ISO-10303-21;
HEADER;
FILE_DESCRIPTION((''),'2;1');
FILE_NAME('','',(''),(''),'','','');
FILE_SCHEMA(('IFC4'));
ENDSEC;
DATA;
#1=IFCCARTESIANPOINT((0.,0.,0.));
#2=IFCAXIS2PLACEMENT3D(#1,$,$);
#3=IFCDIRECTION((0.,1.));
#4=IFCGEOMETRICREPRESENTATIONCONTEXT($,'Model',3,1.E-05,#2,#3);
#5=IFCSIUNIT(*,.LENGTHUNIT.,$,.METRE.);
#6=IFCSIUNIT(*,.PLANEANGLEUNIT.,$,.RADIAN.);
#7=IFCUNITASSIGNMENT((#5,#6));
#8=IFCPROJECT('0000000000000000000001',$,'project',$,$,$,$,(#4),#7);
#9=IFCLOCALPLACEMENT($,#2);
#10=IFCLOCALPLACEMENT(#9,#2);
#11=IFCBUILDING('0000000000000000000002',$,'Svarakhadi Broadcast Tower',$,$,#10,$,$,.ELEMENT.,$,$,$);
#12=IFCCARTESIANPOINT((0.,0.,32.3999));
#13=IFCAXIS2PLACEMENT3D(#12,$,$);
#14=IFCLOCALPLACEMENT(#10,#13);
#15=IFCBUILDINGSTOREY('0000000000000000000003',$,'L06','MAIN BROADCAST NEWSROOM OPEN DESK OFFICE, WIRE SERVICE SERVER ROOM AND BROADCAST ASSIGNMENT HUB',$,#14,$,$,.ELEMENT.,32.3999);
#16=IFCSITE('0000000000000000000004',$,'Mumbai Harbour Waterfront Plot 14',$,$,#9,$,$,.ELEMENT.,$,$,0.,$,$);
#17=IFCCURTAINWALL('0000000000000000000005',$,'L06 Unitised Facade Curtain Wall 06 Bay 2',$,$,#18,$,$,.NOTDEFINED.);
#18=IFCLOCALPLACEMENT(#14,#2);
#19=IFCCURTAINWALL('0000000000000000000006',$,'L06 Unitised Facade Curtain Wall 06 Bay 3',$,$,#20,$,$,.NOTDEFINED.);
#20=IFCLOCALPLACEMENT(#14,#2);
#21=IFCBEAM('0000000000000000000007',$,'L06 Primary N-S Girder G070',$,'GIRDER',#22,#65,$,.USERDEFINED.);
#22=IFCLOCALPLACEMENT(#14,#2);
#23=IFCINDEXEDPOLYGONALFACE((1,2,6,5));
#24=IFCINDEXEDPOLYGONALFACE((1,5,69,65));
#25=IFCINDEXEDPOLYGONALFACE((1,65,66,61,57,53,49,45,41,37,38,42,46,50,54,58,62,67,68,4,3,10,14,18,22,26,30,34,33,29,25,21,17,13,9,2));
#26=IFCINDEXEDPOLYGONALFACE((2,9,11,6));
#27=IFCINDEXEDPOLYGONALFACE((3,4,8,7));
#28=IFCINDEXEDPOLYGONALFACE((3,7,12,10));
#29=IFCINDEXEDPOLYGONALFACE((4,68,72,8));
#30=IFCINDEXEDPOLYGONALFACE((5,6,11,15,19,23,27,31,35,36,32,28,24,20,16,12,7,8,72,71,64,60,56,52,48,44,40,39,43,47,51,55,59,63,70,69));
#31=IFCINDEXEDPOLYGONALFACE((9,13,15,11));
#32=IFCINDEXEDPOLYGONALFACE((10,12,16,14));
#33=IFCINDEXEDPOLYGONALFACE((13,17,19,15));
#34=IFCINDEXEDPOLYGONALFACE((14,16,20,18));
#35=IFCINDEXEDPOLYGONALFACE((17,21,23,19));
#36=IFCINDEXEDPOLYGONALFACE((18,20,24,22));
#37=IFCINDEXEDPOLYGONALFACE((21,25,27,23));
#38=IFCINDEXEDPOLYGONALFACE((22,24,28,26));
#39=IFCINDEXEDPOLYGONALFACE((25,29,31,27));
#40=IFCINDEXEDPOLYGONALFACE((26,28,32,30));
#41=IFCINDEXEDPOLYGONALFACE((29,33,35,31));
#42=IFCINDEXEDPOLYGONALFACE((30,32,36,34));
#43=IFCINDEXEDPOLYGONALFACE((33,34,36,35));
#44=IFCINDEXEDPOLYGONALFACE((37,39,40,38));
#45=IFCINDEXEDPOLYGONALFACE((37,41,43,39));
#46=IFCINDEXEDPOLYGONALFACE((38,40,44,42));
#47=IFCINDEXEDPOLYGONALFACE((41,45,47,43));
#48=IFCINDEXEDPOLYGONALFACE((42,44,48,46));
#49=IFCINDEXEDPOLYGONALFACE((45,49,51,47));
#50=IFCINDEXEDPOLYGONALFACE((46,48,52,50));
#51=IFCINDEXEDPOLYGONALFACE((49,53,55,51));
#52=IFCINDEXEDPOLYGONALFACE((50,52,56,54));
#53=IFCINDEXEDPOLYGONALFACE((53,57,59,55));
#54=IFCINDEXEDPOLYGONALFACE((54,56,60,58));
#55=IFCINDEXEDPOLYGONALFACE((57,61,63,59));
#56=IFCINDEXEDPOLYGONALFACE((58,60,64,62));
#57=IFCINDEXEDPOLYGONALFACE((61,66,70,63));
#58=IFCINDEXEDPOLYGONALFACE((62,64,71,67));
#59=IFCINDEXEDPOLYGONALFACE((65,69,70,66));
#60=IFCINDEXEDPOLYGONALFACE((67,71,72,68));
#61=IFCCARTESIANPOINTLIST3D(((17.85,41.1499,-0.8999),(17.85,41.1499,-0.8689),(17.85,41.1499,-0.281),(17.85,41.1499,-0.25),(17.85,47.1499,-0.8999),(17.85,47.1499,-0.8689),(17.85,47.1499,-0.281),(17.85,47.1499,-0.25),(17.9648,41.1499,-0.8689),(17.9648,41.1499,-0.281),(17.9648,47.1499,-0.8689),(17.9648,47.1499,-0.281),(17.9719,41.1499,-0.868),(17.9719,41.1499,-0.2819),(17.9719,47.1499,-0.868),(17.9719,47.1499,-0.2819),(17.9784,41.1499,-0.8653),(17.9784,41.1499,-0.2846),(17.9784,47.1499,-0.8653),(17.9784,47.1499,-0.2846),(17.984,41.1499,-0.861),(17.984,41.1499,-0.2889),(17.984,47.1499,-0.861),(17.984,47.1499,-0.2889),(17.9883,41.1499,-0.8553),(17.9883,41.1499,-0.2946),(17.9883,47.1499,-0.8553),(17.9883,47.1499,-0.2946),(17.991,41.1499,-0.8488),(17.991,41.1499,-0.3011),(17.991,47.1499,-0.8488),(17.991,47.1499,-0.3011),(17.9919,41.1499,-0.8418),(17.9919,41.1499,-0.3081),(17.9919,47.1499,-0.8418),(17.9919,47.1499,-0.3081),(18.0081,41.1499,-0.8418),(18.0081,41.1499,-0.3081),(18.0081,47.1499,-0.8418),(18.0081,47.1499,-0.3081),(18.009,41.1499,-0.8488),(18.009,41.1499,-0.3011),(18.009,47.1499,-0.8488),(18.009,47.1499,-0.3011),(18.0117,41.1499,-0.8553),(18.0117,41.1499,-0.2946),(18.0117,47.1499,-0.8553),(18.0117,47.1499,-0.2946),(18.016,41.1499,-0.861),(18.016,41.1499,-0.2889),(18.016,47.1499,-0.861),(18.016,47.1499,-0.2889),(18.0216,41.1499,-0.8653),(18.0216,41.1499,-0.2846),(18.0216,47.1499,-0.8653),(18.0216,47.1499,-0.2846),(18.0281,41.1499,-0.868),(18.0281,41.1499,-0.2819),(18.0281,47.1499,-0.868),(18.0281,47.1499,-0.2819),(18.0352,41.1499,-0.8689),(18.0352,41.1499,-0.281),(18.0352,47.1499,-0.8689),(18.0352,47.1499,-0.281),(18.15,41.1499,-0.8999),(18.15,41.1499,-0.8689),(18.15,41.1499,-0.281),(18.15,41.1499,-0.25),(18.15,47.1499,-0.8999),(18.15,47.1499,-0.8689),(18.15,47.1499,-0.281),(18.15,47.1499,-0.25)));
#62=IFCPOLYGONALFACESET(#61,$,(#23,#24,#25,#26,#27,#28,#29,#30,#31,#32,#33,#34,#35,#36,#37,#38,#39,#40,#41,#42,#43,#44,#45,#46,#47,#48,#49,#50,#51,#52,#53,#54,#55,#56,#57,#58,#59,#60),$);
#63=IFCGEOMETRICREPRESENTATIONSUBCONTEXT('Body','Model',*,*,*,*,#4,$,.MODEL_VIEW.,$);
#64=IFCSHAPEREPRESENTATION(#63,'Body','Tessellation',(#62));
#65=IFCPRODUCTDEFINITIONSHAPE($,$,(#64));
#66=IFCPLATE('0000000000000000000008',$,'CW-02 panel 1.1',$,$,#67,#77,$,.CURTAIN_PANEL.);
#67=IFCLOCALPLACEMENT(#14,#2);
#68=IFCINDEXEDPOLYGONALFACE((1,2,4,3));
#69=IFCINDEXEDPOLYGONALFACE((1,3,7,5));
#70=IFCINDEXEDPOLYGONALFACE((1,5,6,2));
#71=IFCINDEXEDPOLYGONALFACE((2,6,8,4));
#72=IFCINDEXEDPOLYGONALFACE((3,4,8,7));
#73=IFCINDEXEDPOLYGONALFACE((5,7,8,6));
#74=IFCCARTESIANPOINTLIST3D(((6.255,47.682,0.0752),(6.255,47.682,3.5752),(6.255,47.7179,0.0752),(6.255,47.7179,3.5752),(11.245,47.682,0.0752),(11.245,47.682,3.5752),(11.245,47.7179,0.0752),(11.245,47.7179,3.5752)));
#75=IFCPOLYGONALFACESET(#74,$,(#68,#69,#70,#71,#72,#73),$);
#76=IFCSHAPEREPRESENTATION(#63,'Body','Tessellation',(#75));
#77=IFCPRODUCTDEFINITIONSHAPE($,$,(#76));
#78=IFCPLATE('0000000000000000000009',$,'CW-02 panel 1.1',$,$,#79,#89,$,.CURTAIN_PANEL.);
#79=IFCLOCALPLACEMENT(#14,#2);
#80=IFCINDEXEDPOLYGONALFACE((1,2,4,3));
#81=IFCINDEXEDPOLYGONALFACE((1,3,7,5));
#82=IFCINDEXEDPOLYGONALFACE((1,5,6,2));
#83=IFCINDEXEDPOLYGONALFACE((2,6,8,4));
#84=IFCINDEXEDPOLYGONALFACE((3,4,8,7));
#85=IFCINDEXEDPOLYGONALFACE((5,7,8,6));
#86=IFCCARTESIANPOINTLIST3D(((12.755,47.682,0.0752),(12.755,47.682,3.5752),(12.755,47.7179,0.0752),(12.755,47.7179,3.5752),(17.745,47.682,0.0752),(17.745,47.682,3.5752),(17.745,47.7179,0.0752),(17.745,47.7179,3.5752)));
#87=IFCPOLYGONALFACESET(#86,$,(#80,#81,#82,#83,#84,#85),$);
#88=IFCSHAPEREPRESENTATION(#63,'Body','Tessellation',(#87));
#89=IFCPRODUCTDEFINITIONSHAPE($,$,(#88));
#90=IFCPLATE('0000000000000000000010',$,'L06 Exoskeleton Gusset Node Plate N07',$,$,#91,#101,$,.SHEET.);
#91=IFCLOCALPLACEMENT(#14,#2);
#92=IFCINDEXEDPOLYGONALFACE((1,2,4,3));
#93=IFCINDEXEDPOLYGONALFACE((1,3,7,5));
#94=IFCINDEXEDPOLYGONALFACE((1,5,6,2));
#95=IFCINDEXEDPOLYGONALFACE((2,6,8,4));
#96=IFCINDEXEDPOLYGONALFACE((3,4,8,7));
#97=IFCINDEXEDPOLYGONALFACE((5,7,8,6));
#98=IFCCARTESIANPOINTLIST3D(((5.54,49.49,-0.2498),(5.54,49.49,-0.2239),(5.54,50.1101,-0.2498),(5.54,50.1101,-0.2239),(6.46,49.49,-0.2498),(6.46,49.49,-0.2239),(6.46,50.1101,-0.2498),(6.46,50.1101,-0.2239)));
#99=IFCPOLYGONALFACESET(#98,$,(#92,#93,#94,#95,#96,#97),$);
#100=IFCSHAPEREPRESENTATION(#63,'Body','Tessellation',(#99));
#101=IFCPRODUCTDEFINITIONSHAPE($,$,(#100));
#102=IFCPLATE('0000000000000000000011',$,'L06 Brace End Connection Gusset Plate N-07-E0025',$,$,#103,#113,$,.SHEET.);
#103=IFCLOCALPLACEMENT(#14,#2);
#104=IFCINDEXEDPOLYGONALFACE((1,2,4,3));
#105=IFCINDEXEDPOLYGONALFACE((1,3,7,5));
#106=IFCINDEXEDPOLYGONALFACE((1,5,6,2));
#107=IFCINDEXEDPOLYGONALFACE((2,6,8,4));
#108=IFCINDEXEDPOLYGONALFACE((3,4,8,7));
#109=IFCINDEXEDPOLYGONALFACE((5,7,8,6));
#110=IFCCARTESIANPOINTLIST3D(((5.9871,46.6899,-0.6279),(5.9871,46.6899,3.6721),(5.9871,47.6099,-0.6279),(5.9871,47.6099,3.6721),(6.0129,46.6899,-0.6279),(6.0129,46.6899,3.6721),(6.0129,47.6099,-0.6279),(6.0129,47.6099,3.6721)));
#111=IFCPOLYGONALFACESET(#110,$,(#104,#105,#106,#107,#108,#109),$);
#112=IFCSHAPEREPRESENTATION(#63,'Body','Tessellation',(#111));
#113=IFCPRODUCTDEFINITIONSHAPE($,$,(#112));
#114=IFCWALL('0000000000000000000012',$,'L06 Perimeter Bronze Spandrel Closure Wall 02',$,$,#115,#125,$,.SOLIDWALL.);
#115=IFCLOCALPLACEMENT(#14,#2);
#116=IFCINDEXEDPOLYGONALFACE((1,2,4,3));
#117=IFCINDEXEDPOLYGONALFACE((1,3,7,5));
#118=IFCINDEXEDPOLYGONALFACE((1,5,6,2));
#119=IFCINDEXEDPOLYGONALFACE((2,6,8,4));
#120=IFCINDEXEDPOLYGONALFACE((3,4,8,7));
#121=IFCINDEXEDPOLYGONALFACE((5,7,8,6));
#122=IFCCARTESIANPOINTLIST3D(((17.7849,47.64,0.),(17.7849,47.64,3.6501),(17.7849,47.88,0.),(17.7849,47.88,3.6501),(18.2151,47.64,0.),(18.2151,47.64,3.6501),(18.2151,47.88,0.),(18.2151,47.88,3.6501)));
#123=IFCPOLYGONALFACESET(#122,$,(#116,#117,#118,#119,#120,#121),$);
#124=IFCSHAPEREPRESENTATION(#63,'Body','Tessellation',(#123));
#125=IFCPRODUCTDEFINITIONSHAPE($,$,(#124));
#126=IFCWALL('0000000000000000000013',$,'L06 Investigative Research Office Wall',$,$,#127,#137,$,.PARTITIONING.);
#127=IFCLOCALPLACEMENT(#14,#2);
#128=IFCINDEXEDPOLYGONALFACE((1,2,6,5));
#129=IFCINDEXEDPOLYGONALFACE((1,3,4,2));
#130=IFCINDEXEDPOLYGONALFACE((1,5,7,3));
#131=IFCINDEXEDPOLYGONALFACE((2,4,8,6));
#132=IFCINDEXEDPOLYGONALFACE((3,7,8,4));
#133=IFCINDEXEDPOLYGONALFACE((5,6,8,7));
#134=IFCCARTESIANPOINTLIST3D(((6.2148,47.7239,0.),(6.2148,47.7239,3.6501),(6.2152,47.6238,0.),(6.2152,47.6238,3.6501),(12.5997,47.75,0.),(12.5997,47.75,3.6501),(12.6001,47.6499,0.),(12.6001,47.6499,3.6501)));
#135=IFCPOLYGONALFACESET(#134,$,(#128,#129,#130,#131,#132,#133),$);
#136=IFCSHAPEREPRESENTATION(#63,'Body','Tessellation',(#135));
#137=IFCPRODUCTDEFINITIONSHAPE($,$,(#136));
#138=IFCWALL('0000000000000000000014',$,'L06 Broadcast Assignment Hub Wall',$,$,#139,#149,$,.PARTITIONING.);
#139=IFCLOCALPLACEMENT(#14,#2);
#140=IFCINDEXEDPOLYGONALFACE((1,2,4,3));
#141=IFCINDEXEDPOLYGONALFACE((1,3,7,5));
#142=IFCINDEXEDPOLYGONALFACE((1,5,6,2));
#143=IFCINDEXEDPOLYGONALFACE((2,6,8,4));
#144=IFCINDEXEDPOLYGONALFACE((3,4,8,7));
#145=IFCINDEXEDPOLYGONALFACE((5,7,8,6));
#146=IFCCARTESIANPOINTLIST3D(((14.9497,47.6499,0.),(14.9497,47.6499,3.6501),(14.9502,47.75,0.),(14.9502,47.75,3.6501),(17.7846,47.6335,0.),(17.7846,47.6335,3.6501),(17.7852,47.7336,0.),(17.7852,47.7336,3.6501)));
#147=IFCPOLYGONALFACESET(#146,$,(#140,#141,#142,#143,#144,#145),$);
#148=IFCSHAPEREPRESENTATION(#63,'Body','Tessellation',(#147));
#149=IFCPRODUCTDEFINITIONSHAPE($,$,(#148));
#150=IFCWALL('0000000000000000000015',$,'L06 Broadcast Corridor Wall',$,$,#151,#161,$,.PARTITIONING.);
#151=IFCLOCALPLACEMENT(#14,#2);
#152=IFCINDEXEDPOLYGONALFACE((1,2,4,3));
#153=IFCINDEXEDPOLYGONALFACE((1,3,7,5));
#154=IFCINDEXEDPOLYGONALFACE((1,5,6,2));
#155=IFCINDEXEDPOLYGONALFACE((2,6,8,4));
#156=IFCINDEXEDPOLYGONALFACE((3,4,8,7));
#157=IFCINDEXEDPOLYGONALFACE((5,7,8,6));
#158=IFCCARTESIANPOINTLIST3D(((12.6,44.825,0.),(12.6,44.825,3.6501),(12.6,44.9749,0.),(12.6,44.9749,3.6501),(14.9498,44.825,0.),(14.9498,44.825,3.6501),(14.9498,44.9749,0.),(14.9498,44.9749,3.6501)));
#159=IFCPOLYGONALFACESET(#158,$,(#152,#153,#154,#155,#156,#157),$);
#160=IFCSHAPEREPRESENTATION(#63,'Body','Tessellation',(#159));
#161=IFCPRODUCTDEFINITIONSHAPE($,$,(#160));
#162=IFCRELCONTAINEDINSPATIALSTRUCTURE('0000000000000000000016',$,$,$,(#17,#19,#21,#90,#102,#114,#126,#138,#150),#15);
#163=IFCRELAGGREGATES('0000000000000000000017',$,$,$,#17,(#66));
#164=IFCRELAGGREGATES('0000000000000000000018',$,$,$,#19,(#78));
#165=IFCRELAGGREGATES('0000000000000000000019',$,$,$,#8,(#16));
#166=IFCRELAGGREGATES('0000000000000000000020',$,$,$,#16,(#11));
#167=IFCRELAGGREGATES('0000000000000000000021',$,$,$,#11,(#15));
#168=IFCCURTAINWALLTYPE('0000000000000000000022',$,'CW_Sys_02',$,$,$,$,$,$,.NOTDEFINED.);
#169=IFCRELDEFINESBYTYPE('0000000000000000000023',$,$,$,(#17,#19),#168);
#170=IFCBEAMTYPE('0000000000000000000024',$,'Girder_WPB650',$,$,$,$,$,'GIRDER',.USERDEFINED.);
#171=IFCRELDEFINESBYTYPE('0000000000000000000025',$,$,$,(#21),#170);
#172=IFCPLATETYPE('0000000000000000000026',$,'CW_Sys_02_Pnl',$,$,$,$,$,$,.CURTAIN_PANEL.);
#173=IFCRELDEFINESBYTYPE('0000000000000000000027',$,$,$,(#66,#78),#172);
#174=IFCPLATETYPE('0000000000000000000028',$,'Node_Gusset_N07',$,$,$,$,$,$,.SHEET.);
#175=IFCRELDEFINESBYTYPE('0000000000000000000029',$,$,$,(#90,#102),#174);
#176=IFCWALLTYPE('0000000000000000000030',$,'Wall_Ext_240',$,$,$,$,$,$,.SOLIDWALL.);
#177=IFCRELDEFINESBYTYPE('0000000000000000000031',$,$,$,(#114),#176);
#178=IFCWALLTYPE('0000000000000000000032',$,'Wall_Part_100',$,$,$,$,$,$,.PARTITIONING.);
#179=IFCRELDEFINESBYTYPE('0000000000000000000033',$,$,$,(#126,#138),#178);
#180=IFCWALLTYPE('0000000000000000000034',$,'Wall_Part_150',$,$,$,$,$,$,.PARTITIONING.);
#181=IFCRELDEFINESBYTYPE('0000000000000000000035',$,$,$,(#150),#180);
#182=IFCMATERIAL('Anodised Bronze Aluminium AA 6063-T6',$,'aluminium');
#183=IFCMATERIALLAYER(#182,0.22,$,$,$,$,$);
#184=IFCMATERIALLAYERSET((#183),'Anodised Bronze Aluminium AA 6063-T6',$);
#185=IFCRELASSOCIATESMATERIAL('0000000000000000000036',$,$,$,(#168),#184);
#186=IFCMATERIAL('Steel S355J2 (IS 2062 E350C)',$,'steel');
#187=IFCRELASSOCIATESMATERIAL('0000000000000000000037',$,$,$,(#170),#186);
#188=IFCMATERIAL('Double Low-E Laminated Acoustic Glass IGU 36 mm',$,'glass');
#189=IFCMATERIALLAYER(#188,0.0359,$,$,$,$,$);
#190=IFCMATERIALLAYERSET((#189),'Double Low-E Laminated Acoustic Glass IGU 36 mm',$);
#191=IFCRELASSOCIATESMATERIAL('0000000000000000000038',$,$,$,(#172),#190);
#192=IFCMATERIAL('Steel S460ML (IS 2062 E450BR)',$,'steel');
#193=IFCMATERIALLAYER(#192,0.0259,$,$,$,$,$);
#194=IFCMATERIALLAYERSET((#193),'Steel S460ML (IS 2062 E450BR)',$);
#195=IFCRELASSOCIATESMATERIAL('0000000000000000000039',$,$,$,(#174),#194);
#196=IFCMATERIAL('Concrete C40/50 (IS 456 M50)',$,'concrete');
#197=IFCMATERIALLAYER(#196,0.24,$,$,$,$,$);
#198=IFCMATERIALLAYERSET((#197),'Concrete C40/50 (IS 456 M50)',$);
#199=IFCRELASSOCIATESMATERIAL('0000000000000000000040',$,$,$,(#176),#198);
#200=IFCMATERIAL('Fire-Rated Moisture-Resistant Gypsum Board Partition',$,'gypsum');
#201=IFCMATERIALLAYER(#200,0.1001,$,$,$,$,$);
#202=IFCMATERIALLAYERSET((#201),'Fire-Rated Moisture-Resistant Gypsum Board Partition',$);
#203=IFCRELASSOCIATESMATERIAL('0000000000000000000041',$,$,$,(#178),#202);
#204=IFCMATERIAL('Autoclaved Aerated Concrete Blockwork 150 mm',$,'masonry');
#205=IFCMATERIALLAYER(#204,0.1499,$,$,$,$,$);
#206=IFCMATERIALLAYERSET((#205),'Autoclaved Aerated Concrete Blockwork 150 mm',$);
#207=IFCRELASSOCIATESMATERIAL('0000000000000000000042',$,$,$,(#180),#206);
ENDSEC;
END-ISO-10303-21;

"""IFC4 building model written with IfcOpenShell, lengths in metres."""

from ifc_helpers import new_model, si_unit, direction, frame, frame_2d, origin, origin_2d, place, context, subcontext, project, spatial, rectangle, i_section, extrude, material, layer, layer_set, material_profile, profile_set, type_object, element, aggregate, save


model = new_model("IFC4")

# Units and contexts
model_context = context("Model", 3, precision=1e-05, world=origin(), true_north=direction((0.0, 1.0)))
body_context = subcontext(model_context, "Body", "Model", "MODEL_VIEW")
ifc_project = project(units=[si_unit("LENGTHUNIT", "METRE"), si_unit("PLANEANGLEUNIT", "RADIAN")], contexts=[model_context])

# Site, building, storey
site_placement = place(None, origin())
site = spatial("IfcSite", under=ifc_project, at=site_placement, Name="Mumbai Harbour Waterfront Plot 14", CompositionType="ELEMENT", RefElevation=0.0)
building_placement = place(site_placement, origin())
building = spatial("IfcBuilding", under=site, at=building_placement, Name="Svarakhadi Broadcast Tower", CompositionType="ELEMENT")
storey_placement = place(building_placement, frame((0.0, 0.0, 32.3999)))
storey = spatial("IfcBuildingStorey", under=building, at=storey_placement, Name="L06", Description="MAIN BROADCAST NEWSROOM OPEN DESK OFFICE, WIRE SERVICE SERVER ROOM AND BROADCAST ASSIGNMENT HUB", CompositionType="ELEMENT", Elevation=32.3999)

# Shared definitions
ifc_material_1 = material(Name="Steel S460ML (IS 2062 E450BR)", Category="steel")

# Shared definitions
ifc_material_2 = material(Name="Steel S355J2 (IS 2062 E350C)", Category="steel")

# Curtain walls
ifc_material_3 = material(Name="Anodised Bronze Aluminium AA 6063-T6", Category="aluminium")
ifc_layer_1 = layer(ifc_material_3, 0.22)
ifc_layer_set_1 = layer_set([ifc_layer_1], Name="Anodised Bronze Aluminium AA 6063-T6")
curtain_wall_type = type_object("IfcCurtainWallType", Name="CW_Sys_02", PredefinedType="NOTDEFINED", material=ifc_layer_set_1)
curtain_wall_1_placement = place(storey_placement, origin())
curtain_wall_1 = element("IfcCurtainWall", 1, at=curtain_wall_1_placement, inside=storey, type_object=curtain_wall_type, Name="L06 Unitised Facade Curtain Wall 06 Bay 2", PredefinedType="NOTDEFINED")
curtain_wall_2_placement = place(storey_placement, origin())
curtain_wall_2 = element("IfcCurtainWall", 2, at=curtain_wall_2_placement, inside=storey, type_object=curtain_wall_type, Name="L06 Unitised Facade Curtain Wall 06 Bay 3", PredefinedType="NOTDEFINED")

# Beam
ifc_material_profile_1 = material_profile(ifc_material_2, i_section(OverallWidth=0.3, OverallDepth=0.6499, WebThickness=0.0161, FlangeThickness=0.031, FilletRadius=0.0271, at=origin_2d()), Name="WPB 650x300x225")
ifc_profile_set_1 = profile_set([ifc_material_profile_1], Name="Steel S355J2 (IS 2062 E350C)")
beam_type_1 = type_object("IfcBeamType", Name="Girder_WPB650", ElementType="GIRDER", PredefinedType="USERDEFINED", material=ifc_profile_set_1)
for number, where, z_axis, x_axis, name in (
    (3, (18.0, 41.1499, -0.575), (0.0, 1.0, 0.0), (-1.0, 0.0, 0.0), "L06 Primary N-S Girder G070"),
):
    element("IfcBeam", number, at=place(storey_placement, frame(where, z_axis=z_axis, x_axis=x_axis)), inside=storey, type_object=beam_type_1, Name=name, ObjectType="GIRDER", PredefinedType="USERDEFINED", context=body_context, shape_type="SweptSolid", body=[
        extrude(i_section(OverallWidth=0.3, OverallDepth=0.6499, WebThickness=0.0161, FlangeThickness=0.031, FilletRadius=0.0271, at=origin_2d()), origin(), (0.0, 0.0, 1.0), 6.0),
    ])

# Plates
ifc_material_4 = material(Name="Double Low-E Laminated Acoustic Glass IGU 36 mm", Category="glass")
ifc_layer_2 = layer(ifc_material_4, 0.0359)
ifc_layer_set_2 = layer_set([ifc_layer_2], Name="Double Low-E Laminated Acoustic Glass IGU 36 mm")
plate_type_1 = type_object("IfcPlateType", Name="CW_Sys_02_Pnl", PredefinedType="CURTAIN_PANEL", material=ifc_layer_set_2)
plate_1_placement = place(storey_placement, frame((8.75, 47.7, 0.0752), z_axis=(0.0, 0.0, 1.0), x_axis=(1.0, 0.0, 0.0)))
plate_1 = element("IfcPlate", 4, at=plate_1_placement, type_object=plate_type_1, Name="CW-02 panel 1.1", PredefinedType="CURTAIN_PANEL", context=body_context, shape_type="SweptSolid", body=[
    extrude(rectangle(XDim=4.99, YDim=0.0359, at=origin_2d()), origin(), (0.0, 0.0, 1.0), 3.5),
])
aggregate(curtain_wall_1, [plate_1])
plate_2_placement = place(storey_placement, frame((15.25, 47.7, 0.0752), z_axis=(0.0, 0.0, 1.0), x_axis=(1.0, 0.0, 0.0)))
plate_2 = element("IfcPlate", 5, at=plate_2_placement, type_object=plate_type_1, Name="CW-02 panel 1.1", PredefinedType="CURTAIN_PANEL", context=body_context, shape_type="SweptSolid", body=[
    extrude(rectangle(XDim=4.99, YDim=0.0359, at=origin_2d()), origin(), (0.0, 0.0, 1.0), 3.5),
])
aggregate(curtain_wall_2, [plate_2])

# Plates
ifc_layer_3 = layer(ifc_material_1, 0.0259)
ifc_layer_set_3 = layer_set([ifc_layer_3], Name="Steel S460ML (IS 2062 E450BR)")
plate_type_2 = type_object("IfcPlateType", Name="Node_Gusset_N07", PredefinedType="SHEET", material=ifc_layer_set_3)
plate_3_placement = place(storey_placement, frame((6.0, 49.8, -0.2498), z_axis=(0.0, 0.0, 1.0), x_axis=(1.0, 0.0, 0.0)))
element("IfcPlate", 6, at=plate_3_placement, inside=storey, type_object=plate_type_2, Name="L06 Exoskeleton Gusset Node Plate N07", PredefinedType="SHEET", context=body_context, shape_type="SweptSolid", body=[
    extrude(rectangle(XDim=0.9199, YDim=0.6201, at=origin_2d()), origin(), (0.0, 0.0, 1.0), 0.0259),
])
plate_4_placement = place(storey_placement, frame((6.0, 47.1499, -0.6279), z_axis=(0.0, 0.0, 1.0), x_axis=(0.0, 1.0, 0.0)))
element("IfcPlate", 7, at=plate_4_placement, inside=storey, type_object=plate_type_2, Name="L06 Brace End Connection Gusset Plate N-07-E0025", PredefinedType="SHEET", context=body_context, shape_type="SweptSolid", body=[
    extrude(rectangle(XDim=0.9199, YDim=0.0259, at=origin_2d()), origin(), (0.0, 0.0, 1.0), 4.3),
])

# Walls
ifc_material_5 = material(Name="Concrete C40/50 (IS 456 M50)", Category="concrete")
ifc_layer_4 = layer(ifc_material_5, 0.24)
ifc_layer_set_4 = layer_set([ifc_layer_4], Name="Concrete C40/50 (IS 456 M50)")
wall_type_1 = type_object("IfcWallType", Name="Wall_Ext_240", PredefinedType="SOLIDWALL", material=ifc_layer_set_4)
wall_1_placement = place(storey_placement, frame((17.7849, 47.76, 0.0), z_axis=(0.0, 0.0, 1.0), x_axis=(1.0, 0.0, 0.0)))
element("IfcWall", 8, at=wall_1_placement, inside=storey, type_object=wall_type_1, Name="L06 Perimeter Bronze Spandrel Closure Wall 02", PredefinedType="SOLIDWALL", context=body_context, shape_type="SweptSolid", body=[
    extrude(rectangle(XDim=0.4302, YDim=0.24, at=frame_2d((0.2151, 0.0))), origin(), (0.0, 0.0, 1.0), 3.6501),
])
ifc_material_6 = material(Name="Fire-Rated Moisture-Resistant Gypsum Board Partition", Category="gypsum")
ifc_layer_5 = layer(ifc_material_6, 0.1001)
ifc_layer_set_5 = layer_set([ifc_layer_5], Name="Fire-Rated Moisture-Resistant Gypsum Board Partition")
wall_type_2 = type_object("IfcWallType", Name="Wall_Part_100", PredefinedType="PARTITIONING", material=ifc_layer_set_5)
wall_2_placement = place(storey_placement, frame((6.2151, 47.6738, 0.0), z_axis=(0.0, 0.0, 1.0), x_axis=(0.999992, 0.004091, 0.0)))
element("IfcWall", 9, at=wall_2_placement, inside=storey, type_object=wall_type_2, Name="L06 Investigative Research Office Wall", PredefinedType="PARTITIONING", context=body_context, shape_type="SweptSolid", body=[
    extrude(rectangle(XDim=6.385, YDim=0.1001, at=frame_2d((3.1924, 0.0))), origin(), (0.0, 0.0, 1.0), 3.6501),
])
wall_3_placement = place(storey_placement, frame((14.95, 47.7, 0.0), z_axis=(0.0, 0.0, 1.0), x_axis=(0.999983, -0.00577, 0.0)))
element("IfcWall", 10, at=wall_3_placement, inside=storey, type_object=wall_type_2, Name="L06 Broadcast Assignment Hub Wall", PredefinedType="PARTITIONING", context=body_context, shape_type="SweptSolid", body=[
    extrude(rectangle(XDim=2.835, YDim=0.1001, at=frame_2d((1.4175, 0.0))), origin(), (0.0, 0.0, 1.0), 3.6501),
])
ifc_material_7 = material(Name="Autoclaved Aerated Concrete Blockwork 150 mm", Category="masonry")
ifc_layer_6 = layer(ifc_material_7, 0.1499)
ifc_layer_set_6 = layer_set([ifc_layer_6], Name="Autoclaved Aerated Concrete Blockwork 150 mm")
wall_type_3 = type_object("IfcWallType", Name="Wall_Part_150", PredefinedType="PARTITIONING", material=ifc_layer_set_6)
wall_4_placement = place(storey_placement, frame((12.6001, 44.8999, 0.0), z_axis=(0.0, 0.0, 1.0), x_axis=(1.0, 0.0, 0.0)))
element("IfcWall", 11, at=wall_4_placement, inside=storey, type_object=wall_type_3, Name="L06 Broadcast Corridor Wall", PredefinedType="PARTITIONING", context=body_context, shape_type="SweptSolid", body=[
    extrude(rectangle(XDim=2.3499, YDim=0.1499, at=frame_2d((1.1748, 0.0))), origin(), (0.0, 0.0, 1.0), 3.6501),
])

save(model, "model.ifc")
